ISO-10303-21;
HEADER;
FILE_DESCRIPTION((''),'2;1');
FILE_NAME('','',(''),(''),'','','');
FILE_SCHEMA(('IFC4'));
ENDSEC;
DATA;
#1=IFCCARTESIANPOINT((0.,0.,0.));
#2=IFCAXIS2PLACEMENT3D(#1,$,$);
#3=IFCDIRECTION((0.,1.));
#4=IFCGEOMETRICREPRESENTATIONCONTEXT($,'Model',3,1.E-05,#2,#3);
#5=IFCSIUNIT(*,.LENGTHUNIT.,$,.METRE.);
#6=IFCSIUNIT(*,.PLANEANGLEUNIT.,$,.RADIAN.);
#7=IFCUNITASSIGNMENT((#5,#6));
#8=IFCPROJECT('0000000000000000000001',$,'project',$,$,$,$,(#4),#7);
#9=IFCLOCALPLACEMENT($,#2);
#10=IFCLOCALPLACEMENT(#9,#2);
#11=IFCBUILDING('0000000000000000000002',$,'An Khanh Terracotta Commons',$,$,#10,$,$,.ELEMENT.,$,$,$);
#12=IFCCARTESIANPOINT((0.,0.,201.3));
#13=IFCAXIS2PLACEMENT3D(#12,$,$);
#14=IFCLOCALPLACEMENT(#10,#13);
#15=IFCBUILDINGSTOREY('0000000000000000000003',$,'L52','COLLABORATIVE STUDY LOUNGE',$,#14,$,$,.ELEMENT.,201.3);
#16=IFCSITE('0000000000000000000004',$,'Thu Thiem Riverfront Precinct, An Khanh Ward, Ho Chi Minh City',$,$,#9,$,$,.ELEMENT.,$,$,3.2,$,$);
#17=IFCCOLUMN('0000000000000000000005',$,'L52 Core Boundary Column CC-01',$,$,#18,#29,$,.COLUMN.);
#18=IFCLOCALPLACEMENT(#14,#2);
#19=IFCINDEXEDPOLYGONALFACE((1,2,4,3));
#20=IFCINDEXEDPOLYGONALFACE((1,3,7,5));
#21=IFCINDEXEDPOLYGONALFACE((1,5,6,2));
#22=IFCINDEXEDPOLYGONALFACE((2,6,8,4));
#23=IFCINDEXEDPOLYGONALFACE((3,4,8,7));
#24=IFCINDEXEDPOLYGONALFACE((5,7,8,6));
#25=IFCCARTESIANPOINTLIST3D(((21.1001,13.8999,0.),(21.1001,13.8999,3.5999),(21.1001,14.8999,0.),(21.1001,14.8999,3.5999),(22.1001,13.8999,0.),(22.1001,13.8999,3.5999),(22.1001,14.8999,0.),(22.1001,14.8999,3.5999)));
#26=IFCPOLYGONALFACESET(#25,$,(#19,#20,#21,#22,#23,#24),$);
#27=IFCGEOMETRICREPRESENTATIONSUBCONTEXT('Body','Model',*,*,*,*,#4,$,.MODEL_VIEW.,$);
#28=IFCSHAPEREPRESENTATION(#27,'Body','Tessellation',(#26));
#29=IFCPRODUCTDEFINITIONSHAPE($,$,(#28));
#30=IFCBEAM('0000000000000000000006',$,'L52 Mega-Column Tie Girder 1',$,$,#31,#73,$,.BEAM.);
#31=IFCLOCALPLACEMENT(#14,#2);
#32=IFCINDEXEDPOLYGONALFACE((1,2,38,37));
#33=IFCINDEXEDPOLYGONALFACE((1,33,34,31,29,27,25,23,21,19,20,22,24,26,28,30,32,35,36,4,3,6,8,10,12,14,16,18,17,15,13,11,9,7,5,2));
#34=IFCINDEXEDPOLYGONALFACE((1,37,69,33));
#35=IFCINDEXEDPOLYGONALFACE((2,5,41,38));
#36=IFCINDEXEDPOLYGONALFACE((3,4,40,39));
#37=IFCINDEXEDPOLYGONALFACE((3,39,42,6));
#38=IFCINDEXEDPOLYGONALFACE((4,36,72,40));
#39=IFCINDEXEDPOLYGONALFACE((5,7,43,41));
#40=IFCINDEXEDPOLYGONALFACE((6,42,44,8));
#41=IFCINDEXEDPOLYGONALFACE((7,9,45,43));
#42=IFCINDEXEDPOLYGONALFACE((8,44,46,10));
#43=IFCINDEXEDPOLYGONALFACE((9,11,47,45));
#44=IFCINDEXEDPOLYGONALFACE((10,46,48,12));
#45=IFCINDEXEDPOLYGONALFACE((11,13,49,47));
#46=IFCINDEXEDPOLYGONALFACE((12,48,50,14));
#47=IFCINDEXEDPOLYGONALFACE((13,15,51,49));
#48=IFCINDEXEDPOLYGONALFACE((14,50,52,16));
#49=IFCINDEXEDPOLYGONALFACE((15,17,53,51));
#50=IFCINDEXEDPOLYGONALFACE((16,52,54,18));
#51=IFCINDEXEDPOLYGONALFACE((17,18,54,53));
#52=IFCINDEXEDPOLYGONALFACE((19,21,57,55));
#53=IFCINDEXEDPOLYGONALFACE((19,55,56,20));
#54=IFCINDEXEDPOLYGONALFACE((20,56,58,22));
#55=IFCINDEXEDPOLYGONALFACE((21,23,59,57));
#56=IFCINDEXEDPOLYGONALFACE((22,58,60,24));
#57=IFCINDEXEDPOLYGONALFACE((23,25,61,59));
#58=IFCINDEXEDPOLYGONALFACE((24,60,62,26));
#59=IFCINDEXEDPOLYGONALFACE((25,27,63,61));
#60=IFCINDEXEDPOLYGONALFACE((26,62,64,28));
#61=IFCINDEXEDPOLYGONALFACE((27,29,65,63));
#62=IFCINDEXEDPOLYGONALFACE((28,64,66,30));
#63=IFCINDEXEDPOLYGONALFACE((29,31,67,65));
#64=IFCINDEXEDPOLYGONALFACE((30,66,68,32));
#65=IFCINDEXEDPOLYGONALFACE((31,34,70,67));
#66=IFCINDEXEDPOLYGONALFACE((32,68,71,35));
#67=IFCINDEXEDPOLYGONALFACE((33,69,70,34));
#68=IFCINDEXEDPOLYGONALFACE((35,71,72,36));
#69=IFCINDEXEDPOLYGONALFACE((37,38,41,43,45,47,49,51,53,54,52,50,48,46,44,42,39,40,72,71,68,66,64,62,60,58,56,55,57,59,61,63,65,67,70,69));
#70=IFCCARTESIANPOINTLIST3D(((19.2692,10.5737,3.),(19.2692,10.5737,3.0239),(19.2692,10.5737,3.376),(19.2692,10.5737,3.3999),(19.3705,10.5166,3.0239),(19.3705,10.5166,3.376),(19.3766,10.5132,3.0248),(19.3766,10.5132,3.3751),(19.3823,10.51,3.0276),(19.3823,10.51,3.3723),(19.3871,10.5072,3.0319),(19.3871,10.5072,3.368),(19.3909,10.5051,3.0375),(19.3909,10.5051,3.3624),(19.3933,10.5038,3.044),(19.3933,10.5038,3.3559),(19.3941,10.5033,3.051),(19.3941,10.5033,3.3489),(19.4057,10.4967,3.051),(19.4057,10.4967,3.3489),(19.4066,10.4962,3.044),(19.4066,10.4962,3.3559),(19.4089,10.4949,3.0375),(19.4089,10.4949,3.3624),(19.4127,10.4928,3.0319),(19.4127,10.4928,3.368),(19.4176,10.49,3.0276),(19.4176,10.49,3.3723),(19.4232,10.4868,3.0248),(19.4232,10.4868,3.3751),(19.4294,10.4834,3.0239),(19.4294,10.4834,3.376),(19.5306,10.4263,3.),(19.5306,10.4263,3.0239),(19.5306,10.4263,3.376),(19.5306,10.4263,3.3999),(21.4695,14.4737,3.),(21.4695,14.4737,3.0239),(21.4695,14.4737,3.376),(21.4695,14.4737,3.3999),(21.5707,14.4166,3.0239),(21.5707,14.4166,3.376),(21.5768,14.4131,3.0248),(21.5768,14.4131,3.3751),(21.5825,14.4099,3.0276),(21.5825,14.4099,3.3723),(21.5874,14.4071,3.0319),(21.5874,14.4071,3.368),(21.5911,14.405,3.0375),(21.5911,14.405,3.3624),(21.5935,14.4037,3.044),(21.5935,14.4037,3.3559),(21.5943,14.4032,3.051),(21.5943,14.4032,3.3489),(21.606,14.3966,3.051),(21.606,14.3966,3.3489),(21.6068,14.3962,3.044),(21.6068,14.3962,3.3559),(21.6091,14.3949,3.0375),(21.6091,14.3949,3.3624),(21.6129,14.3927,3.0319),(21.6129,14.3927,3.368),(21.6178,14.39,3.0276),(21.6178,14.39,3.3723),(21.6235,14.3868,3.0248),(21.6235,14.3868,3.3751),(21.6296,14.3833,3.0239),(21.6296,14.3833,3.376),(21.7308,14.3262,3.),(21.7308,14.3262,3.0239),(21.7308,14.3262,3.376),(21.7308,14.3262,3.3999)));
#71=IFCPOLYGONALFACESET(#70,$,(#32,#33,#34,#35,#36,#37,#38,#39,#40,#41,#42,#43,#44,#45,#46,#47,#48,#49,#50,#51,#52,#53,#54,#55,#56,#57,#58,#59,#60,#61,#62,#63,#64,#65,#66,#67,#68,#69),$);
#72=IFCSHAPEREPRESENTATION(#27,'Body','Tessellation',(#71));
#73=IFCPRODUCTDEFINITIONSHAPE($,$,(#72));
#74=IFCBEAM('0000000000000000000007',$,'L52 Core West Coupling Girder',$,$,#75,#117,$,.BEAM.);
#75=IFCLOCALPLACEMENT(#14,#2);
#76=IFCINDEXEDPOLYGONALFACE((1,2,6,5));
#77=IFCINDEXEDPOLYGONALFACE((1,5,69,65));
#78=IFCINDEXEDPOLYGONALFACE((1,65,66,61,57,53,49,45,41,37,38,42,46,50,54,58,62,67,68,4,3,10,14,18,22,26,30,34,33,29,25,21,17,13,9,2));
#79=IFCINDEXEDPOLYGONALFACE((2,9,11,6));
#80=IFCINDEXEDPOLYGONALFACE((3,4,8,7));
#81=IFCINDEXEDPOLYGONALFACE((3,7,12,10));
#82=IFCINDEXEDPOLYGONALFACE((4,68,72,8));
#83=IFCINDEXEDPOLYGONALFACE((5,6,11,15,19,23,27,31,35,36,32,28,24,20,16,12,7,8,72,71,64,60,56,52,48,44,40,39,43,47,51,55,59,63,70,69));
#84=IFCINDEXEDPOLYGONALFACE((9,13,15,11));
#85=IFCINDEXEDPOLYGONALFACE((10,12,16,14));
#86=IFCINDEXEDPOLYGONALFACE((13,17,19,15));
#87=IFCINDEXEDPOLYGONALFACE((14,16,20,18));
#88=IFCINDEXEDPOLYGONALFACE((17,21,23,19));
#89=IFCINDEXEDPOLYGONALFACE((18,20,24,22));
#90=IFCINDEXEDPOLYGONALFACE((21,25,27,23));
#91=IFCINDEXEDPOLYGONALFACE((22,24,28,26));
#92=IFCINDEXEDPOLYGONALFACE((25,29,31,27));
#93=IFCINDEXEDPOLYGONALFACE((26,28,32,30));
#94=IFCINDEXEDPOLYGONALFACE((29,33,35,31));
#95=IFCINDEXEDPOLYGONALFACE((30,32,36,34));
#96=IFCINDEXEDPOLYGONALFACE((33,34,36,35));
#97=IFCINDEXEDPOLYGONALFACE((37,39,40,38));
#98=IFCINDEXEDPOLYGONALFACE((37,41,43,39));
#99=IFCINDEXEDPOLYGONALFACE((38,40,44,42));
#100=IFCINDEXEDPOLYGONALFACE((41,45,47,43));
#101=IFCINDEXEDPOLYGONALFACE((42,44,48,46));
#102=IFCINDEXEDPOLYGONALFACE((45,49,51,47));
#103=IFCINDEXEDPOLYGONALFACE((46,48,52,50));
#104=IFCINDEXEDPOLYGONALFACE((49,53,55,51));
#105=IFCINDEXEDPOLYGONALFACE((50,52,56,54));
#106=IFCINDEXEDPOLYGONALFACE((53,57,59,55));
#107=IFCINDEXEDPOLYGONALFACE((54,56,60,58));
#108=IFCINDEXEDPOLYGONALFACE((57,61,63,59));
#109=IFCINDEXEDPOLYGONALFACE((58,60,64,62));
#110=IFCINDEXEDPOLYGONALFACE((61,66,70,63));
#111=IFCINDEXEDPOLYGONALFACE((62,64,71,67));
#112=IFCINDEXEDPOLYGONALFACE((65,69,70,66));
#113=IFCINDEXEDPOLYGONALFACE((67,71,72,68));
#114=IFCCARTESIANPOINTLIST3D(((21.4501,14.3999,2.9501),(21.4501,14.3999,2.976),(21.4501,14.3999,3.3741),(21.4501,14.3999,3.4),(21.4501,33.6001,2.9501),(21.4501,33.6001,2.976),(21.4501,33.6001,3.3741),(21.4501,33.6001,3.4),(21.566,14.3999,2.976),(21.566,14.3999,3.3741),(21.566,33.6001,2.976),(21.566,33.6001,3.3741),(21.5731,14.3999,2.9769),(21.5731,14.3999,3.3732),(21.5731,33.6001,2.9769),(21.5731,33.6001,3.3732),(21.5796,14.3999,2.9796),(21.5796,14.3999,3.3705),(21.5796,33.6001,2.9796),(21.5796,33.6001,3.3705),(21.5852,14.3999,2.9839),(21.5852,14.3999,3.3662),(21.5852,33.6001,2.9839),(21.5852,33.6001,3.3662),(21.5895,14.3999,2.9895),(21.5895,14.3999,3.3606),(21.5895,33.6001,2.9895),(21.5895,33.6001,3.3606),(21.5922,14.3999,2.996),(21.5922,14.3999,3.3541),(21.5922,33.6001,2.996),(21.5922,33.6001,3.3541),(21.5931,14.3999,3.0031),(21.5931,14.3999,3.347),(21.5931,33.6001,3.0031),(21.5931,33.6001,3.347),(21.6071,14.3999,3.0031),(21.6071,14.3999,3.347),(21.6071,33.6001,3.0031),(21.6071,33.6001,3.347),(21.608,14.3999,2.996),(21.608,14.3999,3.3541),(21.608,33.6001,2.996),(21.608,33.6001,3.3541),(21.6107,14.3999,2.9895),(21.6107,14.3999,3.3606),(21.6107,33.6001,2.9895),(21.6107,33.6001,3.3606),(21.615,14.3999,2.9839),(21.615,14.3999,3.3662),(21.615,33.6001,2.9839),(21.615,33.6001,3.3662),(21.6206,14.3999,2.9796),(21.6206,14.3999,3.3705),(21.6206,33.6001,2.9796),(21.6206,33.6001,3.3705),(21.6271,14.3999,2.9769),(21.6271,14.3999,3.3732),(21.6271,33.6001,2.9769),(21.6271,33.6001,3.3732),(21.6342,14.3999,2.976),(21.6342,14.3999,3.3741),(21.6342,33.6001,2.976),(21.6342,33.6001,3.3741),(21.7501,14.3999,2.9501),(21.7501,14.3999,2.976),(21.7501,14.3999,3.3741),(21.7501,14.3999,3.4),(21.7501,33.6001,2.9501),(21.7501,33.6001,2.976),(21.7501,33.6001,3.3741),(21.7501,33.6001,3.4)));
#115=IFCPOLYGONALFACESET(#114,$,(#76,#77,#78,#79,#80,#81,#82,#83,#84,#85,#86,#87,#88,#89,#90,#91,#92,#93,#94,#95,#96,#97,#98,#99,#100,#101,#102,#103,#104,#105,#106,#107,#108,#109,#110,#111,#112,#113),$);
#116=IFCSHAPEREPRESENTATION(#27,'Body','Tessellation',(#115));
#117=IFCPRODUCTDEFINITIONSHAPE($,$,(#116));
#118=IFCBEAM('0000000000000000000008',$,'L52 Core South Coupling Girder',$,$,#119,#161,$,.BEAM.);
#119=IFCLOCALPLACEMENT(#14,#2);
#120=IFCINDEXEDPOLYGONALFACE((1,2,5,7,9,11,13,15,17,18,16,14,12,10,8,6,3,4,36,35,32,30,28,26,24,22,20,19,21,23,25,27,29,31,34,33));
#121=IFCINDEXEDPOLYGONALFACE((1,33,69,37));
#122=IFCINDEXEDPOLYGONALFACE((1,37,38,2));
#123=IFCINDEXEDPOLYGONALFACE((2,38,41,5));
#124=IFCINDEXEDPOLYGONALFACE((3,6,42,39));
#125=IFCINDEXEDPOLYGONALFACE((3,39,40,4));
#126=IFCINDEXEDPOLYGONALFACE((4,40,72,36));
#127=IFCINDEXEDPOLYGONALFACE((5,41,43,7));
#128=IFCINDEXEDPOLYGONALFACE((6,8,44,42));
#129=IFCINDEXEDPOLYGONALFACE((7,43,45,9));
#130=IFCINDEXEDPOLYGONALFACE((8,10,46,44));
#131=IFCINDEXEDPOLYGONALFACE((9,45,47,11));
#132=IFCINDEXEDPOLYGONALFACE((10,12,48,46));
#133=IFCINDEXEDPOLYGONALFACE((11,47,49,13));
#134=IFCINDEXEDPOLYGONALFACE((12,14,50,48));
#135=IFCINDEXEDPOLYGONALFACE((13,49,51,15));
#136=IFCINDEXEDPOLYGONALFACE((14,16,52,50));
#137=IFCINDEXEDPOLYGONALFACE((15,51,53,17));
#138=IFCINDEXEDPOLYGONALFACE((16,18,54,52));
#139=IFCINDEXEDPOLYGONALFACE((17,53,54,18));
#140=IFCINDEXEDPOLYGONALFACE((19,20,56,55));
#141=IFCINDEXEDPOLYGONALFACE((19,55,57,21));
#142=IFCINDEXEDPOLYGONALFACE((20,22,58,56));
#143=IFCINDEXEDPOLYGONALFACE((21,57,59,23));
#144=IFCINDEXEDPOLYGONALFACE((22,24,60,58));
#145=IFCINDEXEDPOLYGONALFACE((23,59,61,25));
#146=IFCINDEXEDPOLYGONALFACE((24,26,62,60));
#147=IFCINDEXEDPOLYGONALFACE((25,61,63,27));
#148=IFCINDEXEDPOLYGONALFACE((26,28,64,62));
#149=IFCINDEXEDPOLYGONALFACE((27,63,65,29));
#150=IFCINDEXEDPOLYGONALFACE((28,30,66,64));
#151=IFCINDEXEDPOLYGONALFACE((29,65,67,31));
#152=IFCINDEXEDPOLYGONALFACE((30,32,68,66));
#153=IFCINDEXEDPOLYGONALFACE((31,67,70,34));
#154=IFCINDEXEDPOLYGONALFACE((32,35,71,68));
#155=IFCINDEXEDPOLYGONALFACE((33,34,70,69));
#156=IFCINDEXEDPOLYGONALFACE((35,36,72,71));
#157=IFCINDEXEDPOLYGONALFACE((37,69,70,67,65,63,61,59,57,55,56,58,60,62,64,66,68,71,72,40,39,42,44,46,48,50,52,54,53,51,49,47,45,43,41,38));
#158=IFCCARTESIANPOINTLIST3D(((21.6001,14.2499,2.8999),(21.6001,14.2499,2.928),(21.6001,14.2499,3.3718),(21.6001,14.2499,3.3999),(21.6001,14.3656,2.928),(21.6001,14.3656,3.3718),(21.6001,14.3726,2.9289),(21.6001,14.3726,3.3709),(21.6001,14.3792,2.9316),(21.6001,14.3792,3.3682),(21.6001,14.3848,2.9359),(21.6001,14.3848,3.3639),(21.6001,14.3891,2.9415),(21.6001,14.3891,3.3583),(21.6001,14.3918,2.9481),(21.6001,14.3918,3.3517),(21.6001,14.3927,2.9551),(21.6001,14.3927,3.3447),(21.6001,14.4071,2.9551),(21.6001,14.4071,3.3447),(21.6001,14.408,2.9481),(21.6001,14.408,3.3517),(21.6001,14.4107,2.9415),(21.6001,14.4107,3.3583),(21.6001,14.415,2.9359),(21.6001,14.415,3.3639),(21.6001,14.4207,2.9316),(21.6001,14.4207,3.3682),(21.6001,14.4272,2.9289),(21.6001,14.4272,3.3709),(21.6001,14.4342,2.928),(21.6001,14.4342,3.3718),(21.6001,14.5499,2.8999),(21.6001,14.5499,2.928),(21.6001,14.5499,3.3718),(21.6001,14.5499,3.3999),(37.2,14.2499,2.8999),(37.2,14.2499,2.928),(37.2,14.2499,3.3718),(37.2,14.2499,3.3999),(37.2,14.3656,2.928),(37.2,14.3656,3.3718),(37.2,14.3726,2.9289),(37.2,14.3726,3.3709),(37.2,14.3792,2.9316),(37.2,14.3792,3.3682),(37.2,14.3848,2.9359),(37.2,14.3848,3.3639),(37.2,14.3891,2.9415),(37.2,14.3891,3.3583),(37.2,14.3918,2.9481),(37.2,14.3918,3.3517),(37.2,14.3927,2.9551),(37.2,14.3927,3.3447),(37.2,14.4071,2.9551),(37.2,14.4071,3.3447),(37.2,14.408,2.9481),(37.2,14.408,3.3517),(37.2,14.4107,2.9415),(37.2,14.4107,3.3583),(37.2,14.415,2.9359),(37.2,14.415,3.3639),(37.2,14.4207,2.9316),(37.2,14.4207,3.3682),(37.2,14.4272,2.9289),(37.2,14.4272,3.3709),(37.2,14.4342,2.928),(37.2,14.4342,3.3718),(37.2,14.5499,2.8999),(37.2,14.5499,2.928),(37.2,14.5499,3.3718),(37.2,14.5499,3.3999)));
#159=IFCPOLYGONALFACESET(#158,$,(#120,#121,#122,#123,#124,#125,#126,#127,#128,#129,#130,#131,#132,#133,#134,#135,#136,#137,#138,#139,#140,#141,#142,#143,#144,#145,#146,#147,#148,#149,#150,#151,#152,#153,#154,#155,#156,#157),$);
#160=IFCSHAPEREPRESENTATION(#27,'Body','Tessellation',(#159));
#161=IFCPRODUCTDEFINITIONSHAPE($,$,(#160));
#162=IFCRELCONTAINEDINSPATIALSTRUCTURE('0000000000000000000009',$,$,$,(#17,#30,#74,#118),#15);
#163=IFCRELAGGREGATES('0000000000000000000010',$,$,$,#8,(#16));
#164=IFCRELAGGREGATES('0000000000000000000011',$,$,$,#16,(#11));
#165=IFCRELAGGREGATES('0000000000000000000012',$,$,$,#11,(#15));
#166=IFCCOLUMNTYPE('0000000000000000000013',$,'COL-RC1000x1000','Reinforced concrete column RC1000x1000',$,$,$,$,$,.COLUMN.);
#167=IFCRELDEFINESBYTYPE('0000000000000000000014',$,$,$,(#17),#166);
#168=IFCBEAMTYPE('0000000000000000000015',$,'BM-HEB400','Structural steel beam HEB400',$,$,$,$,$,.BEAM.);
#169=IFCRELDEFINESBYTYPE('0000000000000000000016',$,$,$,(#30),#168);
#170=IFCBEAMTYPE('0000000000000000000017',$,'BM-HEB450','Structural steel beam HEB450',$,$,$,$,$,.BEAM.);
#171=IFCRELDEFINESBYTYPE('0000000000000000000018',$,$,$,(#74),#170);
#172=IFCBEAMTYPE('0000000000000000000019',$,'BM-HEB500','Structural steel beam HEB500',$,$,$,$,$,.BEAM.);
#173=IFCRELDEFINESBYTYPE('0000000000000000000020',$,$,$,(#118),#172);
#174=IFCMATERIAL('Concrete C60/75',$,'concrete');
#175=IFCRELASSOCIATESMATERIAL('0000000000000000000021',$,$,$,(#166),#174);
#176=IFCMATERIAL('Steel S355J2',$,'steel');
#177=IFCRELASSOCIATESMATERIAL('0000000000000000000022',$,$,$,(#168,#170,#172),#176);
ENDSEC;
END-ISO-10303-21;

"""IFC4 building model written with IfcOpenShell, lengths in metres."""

from ifc_helpers import new_model, si_unit, direction, frame, origin, origin_2d, place, context, subcontext, project, spatial, rectangle, i_section, extrude, material, material_profile, profile_set, type_object, element, save


model = new_model("IFC4")

# Units and contexts
model_context = context("Model", 3, precision=1e-05, world=origin(), true_north=direction((0.0, 1.0)))
body_context = subcontext(model_context, "Body", "Model", "MODEL_VIEW")
ifc_project = project(units=[si_unit("LENGTHUNIT", "METRE"), si_unit("PLANEANGLEUNIT", "RADIAN")], contexts=[model_context])

# Site, building, storey
site_placement = place(None, origin())
site = spatial("IfcSite", under=ifc_project, at=site_placement, Name="Thu Thiem Riverfront Precinct, An Khanh Ward, Ho Chi Minh City", CompositionType="ELEMENT", RefElevation=3.2)
building_placement = place(site_placement, origin())
building = spatial("IfcBuilding", under=site, at=building_placement, Name="An Khanh Terracotta Commons", CompositionType="ELEMENT")
storey_placement = place(building_placement, frame((0.0, 0.0, 201.3)))
storey = spatial("IfcBuildingStorey", under=building, at=storey_placement, Name="L52", Description="COLLABORATIVE STUDY LOUNGE", CompositionType="ELEMENT", Elevation=201.3)

# Column
ifc_material_1 = material(Name="Concrete C60/75", Category="concrete")
ifc_material_profile_1 = material_profile(ifc_material_1, rectangle(XDim=1.0, YDim=1.0, at=origin_2d()), Name="RC1000x1000")
ifc_profile_set_1 = profile_set([ifc_material_profile_1], Name="Concrete C60/75")
column_type = type_object("IfcColumnType", Name="COL-RC1000x1000", Description="Reinforced concrete column RC1000x1000", PredefinedType="COLUMN", material=ifc_profile_set_1)
column_placement = place(storey_placement, frame((21.6001, 14.3999, 0.0), z_axis=(0.0, 0.0, 1.0), x_axis=(1.0, 0.0, 0.0)))
element("IfcColumn", 1, at=column_placement, inside=storey, type_object=column_type, Name="L52 Core Boundary Column CC-01", PredefinedType="COLUMN", context=body_context, shape_type="SweptSolid", body=[
    extrude(rectangle(XDim=1.0, YDim=1.0, at=origin_2d()), origin(), (0.0, 0.0, 1.0), 3.5999),
])

# Beams
ifc_material_2 = material(Name="Steel S355J2", Category="steel")
ifc_material_profile_2 = material_profile(ifc_material_2, i_section(OverallWidth=0.3, OverallDepth=0.3999, WebThickness=0.0134, FlangeThickness=0.0239, FilletRadius=0.0271, at=origin_2d()), Name="HEB400")
ifc_profile_set_2 = profile_set([ifc_material_profile_2], Name="Steel S355J2")
beam_type_1 = type_object("IfcBeamType", Name="BM-HEB400", Description="Structural steel beam HEB400", PredefinedType="BEAM", material=ifc_profile_set_2)
beam_1_placement = place(storey_placement, frame((19.3999, 10.5, 3.2), z_axis=(0.491364, 0.870955, 0.0), x_axis=(-0.870955, 0.491364, 0.0)))
element("IfcBeam", 2, at=beam_1_placement, inside=storey, type_object=beam_type_1, Name="L52 Mega-Column Tie Girder 1", PredefinedType="BEAM", context=body_context, shape_type="SweptSolid", body=[
    extrude(i_section(OverallWidth=0.3, OverallDepth=0.3999, WebThickness=0.0134, FlangeThickness=0.0239, FilletRadius=0.0271, at=origin_2d()), origin(), (0.0, 0.0, 1.0), 4.4778),
])
ifc_material_profile_3 = material_profile(ifc_material_2, i_section(OverallWidth=0.3, OverallDepth=0.45, WebThickness=0.0139, FlangeThickness=0.0259, FilletRadius=0.0271, at=origin_2d()), Name="HEB450")
ifc_profile_set_3 = profile_set([ifc_material_profile_3], Name="Steel S355J2")
beam_type_2 = type_object("IfcBeamType", Name="BM-HEB450", Description="Structural steel beam HEB450", PredefinedType="BEAM", material=ifc_profile_set_3)
beam_2_placement = place(storey_placement, frame((21.6001, 14.3999, 3.175), z_axis=(0.0, 1.0, 0.0), x_axis=(-1.0, 0.0, 0.0)))
element("IfcBeam", 3, at=beam_2_placement, inside=storey, type_object=beam_type_2, Name="L52 Core West Coupling Girder", PredefinedType="BEAM", context=body_context, shape_type="SweptSolid", body=[
    extrude(i_section(OverallWidth=0.3, OverallDepth=0.45, WebThickness=0.0139, FlangeThickness=0.0259, FilletRadius=0.0271, at=origin_2d()), origin(), (0.0, 0.0, 1.0), 19.2002),
])
ifc_material_profile_4 = material_profile(ifc_material_2, i_section(OverallWidth=0.3, OverallDepth=0.5, WebThickness=0.0144, FlangeThickness=0.0281, FilletRadius=0.0271, at=origin_2d()), Name="HEB500")
ifc_profile_set_4 = profile_set([ifc_material_profile_4], Name="Steel S355J2")
beam_type_3 = type_object("IfcBeamType", Name="BM-HEB500", Description="Structural steel beam HEB500", PredefinedType="BEAM", material=ifc_profile_set_4)
beam_3_placement = place(storey_placement, frame((21.6001, 14.3999, 3.1499), z_axis=(1.0, 0.0, 0.0), x_axis=(0.0, 1.0, 0.0)))
element("IfcBeam", 4, at=beam_3_placement, inside=storey, type_object=beam_type_3, Name="L52 Core South Coupling Girder", PredefinedType="BEAM", context=body_context, shape_type="SweptSolid", body=[
    extrude(i_section(OverallWidth=0.3, OverallDepth=0.5, WebThickness=0.0144, FlangeThickness=0.0281, FilletRadius=0.0271, at=origin_2d()), origin(), (0.0, 0.0, 1.0), 15.5999),
])

save(model, "model.ifc")
